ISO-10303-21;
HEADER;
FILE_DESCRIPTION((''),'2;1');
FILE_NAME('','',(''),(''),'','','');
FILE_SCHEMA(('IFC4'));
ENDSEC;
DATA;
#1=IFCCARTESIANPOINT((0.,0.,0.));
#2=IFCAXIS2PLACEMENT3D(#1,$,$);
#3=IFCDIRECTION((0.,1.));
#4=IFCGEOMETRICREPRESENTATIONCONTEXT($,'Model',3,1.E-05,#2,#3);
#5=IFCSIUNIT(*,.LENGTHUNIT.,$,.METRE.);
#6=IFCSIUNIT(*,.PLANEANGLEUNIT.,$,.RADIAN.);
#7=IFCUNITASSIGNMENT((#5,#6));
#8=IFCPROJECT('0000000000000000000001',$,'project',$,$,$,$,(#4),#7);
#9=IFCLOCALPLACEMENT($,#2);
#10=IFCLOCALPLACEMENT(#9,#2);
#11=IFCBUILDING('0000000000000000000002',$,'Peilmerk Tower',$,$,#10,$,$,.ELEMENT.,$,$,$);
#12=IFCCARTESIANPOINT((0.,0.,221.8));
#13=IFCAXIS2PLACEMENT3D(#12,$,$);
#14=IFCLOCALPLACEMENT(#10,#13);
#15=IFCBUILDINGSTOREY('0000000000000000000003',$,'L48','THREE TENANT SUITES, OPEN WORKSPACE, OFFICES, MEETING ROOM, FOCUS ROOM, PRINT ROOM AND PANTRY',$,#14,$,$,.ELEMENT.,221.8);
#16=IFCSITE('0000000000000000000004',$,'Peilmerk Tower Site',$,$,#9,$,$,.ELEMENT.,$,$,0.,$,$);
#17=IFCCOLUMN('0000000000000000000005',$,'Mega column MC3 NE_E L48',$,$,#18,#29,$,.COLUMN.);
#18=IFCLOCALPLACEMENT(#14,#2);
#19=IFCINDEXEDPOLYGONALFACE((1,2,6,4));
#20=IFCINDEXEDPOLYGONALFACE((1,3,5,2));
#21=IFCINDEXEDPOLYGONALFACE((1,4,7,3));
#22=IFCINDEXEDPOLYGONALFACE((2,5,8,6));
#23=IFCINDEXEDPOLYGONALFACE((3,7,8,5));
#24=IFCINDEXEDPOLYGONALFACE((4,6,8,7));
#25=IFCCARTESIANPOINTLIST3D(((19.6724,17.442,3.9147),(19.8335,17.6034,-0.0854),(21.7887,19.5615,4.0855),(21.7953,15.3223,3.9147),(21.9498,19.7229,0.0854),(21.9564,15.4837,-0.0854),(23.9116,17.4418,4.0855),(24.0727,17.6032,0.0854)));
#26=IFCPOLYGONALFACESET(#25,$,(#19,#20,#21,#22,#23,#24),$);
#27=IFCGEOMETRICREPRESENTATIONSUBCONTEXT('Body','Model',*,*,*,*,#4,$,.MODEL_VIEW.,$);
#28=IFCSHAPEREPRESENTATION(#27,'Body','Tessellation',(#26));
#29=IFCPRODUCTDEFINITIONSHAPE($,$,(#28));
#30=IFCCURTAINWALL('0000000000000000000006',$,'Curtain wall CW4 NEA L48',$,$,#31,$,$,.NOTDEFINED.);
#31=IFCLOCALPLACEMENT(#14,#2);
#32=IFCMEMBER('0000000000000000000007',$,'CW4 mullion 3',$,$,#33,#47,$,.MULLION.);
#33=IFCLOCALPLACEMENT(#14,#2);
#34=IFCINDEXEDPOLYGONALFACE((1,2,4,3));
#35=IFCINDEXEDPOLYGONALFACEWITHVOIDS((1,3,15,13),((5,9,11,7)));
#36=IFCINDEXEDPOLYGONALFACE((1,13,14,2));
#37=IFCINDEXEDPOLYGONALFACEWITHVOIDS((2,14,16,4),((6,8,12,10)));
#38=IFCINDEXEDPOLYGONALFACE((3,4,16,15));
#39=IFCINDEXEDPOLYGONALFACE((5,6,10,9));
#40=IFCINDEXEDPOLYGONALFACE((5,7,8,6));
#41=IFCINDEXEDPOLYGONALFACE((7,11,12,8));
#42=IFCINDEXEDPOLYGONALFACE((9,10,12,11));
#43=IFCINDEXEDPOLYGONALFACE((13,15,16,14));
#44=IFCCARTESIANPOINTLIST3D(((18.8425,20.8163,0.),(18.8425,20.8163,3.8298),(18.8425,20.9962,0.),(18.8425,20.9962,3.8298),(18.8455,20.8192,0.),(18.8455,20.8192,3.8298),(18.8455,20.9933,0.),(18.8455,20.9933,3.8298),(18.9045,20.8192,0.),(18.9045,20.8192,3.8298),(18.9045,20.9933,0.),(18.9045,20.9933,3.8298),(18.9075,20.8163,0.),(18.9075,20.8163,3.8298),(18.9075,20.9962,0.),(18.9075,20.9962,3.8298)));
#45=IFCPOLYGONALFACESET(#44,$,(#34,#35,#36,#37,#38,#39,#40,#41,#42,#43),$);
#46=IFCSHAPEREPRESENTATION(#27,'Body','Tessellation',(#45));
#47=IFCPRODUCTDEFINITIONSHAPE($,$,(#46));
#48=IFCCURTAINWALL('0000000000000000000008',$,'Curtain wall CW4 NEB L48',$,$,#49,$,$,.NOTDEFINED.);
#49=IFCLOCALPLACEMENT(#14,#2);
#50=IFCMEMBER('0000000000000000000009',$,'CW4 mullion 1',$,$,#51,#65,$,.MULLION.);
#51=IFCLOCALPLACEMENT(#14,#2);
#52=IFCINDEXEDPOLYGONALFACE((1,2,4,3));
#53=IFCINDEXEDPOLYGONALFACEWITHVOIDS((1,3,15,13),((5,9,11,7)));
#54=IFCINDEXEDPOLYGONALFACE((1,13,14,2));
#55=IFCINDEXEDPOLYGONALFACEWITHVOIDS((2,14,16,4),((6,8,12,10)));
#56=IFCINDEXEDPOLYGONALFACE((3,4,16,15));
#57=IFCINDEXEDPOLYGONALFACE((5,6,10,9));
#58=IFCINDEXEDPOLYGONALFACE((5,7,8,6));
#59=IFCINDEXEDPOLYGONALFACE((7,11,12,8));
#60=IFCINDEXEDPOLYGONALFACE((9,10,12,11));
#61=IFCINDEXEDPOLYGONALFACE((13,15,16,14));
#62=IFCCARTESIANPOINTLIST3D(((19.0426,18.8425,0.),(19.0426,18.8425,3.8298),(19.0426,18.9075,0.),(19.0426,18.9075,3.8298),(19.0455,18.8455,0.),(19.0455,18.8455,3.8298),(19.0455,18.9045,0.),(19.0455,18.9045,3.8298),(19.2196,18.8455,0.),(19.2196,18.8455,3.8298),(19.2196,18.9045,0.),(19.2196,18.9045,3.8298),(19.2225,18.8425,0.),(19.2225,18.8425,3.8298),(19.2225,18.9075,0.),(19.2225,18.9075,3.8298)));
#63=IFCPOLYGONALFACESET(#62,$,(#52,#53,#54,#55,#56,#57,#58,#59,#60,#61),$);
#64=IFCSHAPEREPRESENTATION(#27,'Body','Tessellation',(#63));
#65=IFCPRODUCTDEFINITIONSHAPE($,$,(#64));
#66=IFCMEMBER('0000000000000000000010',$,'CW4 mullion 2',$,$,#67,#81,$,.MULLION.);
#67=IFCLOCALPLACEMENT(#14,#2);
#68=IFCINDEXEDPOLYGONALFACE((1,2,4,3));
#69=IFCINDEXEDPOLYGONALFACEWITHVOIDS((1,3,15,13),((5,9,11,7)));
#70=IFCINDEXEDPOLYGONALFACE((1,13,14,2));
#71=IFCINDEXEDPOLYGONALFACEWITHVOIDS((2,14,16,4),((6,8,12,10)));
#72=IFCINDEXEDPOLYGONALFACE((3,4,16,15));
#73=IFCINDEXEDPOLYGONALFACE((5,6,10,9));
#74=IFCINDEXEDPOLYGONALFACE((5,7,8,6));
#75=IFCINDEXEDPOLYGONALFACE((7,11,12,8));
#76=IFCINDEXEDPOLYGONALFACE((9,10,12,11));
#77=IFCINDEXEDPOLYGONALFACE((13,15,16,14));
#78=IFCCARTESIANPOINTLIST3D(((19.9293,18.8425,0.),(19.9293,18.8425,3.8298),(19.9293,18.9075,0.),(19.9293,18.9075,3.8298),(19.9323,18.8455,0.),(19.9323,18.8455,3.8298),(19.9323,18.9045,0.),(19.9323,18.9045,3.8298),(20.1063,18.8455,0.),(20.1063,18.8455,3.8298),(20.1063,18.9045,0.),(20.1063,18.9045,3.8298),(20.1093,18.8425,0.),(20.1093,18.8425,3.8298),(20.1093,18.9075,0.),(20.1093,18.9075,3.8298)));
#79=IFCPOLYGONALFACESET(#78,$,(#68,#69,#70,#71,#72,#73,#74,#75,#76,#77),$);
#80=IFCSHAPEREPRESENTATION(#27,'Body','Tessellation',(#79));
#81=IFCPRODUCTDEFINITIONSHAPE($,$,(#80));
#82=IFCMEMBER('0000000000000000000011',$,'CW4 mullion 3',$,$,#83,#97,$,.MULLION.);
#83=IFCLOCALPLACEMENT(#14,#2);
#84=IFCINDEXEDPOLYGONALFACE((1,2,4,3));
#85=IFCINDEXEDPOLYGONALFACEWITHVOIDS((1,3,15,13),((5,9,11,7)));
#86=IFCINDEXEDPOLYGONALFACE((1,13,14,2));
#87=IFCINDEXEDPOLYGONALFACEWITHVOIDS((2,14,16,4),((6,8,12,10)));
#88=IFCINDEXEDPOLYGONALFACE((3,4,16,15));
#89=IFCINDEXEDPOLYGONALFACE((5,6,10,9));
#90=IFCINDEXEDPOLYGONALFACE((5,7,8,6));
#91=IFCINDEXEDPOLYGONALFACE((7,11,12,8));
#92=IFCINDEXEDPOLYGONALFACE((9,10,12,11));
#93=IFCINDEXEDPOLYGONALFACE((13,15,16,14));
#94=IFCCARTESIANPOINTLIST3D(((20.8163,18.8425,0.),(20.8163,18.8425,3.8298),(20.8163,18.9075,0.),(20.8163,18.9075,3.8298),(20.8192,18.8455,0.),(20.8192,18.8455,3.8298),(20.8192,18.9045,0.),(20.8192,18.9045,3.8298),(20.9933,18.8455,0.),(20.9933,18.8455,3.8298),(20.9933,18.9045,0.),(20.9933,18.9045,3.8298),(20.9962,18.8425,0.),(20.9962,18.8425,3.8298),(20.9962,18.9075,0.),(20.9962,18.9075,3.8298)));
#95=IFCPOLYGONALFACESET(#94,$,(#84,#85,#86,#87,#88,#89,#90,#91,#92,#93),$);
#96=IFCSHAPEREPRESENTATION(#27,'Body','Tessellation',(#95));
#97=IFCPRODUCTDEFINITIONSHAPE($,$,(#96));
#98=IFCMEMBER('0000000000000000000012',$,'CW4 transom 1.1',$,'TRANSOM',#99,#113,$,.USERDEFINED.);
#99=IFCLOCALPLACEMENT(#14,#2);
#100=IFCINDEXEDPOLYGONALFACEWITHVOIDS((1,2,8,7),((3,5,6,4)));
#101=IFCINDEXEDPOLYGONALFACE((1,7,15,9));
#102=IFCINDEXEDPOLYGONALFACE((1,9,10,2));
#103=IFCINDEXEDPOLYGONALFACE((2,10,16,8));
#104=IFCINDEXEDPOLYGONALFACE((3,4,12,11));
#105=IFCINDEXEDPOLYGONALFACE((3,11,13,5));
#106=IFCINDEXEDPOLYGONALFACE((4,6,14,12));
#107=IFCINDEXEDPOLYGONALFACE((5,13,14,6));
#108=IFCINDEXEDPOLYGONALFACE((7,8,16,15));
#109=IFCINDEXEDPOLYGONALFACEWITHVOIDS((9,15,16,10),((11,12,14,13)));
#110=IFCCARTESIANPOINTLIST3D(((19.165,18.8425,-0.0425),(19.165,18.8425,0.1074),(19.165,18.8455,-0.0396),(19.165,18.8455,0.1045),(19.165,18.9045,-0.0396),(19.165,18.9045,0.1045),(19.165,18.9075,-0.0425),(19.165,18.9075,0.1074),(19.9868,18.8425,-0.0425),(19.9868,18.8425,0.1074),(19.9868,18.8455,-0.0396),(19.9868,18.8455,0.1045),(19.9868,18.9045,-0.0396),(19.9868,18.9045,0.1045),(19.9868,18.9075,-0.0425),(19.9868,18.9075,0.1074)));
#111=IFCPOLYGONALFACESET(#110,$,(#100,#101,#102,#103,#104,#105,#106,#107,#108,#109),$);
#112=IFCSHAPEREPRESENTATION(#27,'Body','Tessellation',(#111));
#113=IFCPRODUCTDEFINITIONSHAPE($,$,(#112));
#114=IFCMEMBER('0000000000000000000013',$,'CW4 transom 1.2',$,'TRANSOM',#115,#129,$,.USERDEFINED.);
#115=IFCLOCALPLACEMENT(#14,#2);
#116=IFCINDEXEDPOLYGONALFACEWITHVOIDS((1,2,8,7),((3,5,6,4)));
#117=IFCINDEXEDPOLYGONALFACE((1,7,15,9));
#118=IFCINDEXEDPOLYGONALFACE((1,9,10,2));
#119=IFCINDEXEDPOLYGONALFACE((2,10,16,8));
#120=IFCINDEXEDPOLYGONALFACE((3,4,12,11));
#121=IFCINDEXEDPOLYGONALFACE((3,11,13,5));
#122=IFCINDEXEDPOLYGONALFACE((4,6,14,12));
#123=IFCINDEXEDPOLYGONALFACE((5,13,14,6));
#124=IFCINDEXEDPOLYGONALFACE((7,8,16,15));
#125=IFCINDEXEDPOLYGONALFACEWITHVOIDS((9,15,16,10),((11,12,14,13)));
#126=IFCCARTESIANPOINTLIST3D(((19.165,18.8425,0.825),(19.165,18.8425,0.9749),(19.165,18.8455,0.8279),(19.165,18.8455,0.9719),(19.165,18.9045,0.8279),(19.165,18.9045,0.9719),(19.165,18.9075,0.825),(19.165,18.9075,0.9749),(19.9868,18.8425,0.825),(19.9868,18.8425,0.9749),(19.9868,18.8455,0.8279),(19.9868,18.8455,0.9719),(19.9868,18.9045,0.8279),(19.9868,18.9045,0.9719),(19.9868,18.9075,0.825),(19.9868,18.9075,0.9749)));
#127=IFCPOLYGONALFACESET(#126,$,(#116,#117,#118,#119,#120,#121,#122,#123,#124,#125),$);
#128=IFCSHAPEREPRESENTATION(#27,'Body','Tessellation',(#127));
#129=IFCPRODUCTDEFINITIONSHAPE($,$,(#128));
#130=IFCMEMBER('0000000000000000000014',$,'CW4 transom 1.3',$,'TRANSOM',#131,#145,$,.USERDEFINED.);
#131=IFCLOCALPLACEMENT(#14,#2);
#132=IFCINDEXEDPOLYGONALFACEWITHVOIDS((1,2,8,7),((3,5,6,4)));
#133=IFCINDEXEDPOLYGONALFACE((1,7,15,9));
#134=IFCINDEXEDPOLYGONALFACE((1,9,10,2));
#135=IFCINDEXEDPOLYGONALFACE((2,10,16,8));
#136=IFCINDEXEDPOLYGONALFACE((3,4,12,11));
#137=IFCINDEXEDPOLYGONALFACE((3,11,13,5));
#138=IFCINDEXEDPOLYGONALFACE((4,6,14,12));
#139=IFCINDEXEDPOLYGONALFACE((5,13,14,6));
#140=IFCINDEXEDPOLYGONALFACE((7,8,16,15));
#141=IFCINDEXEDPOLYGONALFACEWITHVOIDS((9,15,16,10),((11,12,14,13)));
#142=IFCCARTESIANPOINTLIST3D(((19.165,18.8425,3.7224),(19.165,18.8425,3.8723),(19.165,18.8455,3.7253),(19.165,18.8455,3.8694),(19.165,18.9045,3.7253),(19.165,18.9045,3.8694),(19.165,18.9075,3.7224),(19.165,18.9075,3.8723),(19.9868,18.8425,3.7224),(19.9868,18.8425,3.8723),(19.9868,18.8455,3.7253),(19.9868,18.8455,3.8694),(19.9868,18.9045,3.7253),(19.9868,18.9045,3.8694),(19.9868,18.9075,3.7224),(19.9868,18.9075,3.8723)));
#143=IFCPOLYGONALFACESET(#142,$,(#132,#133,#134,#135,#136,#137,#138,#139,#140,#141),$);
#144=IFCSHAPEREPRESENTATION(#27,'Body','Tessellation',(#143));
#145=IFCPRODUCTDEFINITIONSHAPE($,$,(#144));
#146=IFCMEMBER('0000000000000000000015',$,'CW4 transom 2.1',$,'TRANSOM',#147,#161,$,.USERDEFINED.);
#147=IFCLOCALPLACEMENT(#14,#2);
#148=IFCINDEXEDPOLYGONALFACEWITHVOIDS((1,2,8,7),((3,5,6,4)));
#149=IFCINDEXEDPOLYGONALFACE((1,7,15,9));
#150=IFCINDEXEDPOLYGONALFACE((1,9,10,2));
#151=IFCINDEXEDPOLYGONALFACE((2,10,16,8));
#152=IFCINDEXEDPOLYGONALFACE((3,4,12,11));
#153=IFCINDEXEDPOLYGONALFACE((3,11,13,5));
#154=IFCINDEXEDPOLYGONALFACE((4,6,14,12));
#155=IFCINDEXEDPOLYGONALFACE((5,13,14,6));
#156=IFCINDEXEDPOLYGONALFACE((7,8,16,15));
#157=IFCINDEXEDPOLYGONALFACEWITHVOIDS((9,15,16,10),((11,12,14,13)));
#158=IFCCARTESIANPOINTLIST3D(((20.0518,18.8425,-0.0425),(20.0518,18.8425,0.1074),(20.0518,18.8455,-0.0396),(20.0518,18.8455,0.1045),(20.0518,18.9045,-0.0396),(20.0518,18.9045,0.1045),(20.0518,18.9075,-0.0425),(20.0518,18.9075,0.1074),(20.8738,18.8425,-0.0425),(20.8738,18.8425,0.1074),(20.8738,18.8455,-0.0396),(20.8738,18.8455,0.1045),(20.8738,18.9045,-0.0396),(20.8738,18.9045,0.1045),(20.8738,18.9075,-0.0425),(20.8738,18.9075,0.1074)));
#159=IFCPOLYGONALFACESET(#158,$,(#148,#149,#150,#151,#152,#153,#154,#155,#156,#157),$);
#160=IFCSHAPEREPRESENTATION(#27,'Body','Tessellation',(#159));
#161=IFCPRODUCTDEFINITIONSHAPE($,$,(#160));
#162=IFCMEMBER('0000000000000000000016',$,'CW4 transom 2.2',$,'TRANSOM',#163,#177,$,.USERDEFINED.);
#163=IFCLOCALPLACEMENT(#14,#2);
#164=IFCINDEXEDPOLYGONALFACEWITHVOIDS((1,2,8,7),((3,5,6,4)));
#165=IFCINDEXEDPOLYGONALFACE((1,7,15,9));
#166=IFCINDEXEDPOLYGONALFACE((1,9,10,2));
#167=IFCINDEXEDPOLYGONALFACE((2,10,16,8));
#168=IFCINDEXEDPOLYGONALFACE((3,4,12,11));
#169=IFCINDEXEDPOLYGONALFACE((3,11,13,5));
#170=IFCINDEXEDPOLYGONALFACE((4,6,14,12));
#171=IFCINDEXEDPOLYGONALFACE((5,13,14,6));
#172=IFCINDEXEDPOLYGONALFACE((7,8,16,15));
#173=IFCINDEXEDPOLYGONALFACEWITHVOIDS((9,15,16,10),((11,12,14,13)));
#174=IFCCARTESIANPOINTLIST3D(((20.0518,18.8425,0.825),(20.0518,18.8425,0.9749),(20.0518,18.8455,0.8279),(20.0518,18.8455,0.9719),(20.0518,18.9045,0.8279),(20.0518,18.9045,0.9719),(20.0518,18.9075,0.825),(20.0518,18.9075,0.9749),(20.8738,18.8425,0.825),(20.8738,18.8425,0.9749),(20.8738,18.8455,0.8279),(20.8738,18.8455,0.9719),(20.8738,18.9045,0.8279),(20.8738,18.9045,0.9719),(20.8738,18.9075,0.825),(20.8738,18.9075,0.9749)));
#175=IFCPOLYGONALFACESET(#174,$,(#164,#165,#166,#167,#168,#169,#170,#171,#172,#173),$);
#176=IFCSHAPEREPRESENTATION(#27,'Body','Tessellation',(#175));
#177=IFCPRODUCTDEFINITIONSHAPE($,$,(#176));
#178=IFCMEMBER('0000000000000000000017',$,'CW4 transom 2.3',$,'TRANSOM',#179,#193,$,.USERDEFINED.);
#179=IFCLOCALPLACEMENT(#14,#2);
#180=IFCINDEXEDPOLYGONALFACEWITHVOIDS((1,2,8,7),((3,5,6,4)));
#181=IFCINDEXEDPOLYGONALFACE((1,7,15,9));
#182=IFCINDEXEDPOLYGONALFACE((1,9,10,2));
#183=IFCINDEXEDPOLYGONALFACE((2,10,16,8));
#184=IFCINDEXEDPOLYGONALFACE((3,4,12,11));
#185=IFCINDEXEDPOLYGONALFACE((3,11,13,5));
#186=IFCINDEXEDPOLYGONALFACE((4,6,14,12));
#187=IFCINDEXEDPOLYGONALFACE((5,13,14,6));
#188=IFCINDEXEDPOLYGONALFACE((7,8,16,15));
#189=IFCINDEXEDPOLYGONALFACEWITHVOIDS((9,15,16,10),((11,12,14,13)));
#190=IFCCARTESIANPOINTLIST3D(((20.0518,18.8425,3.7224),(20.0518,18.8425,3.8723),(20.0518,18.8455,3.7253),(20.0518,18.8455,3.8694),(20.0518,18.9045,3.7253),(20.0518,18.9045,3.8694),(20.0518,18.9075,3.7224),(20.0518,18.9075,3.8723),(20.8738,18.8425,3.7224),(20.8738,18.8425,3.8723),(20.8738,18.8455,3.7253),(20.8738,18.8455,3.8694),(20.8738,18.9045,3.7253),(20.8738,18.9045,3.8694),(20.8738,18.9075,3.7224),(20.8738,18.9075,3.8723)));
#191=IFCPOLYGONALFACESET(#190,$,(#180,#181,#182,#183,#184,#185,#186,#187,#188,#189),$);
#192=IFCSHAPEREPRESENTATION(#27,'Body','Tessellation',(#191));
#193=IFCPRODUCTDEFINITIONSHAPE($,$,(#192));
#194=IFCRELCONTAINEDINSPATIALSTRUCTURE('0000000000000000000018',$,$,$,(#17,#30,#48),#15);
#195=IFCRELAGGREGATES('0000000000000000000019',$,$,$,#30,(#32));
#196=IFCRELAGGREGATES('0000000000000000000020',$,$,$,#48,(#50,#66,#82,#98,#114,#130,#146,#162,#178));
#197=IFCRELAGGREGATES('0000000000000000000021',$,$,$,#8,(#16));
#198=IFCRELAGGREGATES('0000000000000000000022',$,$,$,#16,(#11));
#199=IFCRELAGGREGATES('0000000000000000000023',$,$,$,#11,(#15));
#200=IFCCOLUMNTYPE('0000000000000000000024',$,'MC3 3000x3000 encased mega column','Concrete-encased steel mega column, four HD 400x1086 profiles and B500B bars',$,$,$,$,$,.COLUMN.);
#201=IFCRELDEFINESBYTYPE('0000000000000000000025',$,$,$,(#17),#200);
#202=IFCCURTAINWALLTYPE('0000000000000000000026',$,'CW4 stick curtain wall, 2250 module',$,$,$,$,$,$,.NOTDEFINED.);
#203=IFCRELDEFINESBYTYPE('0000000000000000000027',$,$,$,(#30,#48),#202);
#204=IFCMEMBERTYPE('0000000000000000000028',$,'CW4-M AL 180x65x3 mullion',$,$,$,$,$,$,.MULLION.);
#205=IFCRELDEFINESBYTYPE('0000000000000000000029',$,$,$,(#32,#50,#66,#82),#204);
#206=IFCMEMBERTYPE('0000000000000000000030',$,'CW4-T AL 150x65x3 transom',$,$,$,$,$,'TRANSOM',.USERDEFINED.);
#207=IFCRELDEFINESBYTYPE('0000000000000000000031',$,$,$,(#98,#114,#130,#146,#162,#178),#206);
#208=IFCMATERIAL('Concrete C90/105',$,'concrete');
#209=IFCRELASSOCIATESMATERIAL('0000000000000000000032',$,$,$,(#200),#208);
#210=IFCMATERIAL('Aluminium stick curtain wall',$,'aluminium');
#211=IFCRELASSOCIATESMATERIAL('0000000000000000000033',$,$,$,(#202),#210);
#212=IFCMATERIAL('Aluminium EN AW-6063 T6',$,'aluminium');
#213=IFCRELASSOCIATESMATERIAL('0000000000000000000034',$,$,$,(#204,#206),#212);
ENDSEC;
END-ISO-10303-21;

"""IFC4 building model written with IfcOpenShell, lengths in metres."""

from ifc_helpers import new_model, si_unit, direction, frame, origin, origin_2d, place, context, subcontext, project, spatial, rectangle, hollow_rectangle, extrude, material, material_profile, profile_set, type_object, element, aggregate, save


model = new_model("IFC4")

# Units and contexts
model_context = context("Model", 3, precision=1e-05, world=origin(), true_north=direction((0.0, 1.0)))
body_context = subcontext(model_context, "Body", "Model", "MODEL_VIEW")
ifc_project = project(units=[si_unit("LENGTHUNIT", "METRE"), si_unit("PLANEANGLEUNIT", "RADIAN")], contexts=[model_context])

# Site, building, storey
site_placement = place(None, origin())
site = spatial("IfcSite", under=ifc_project, at=site_placement, Name="Peilmerk Tower Site", CompositionType="ELEMENT", RefElevation=0.0)
building_placement = place(site_placement, origin())
building = spatial("IfcBuilding", under=site, at=building_placement, Name="Peilmerk Tower", CompositionType="ELEMENT")
storey_placement = place(building_placement, frame((0.0, 0.0, 221.8)))
storey = spatial("IfcBuildingStorey", under=building, at=storey_placement, Name="L48", Description="THREE TENANT SUITES, OPEN WORKSPACE, OFFICES, MEETING ROOM, FOCUS ROOM, PRINT ROOM AND PANTRY", CompositionType="ELEMENT", Elevation=221.8)

# Column
ifc_material_1 = material(Name="Concrete C90/105", Category="concrete")
ifc_material_profile_1 = material_profile(ifc_material_1, rectangle(XDim=3.0, YDim=3.0, at=origin_2d()), Name="RC 3000x3000")
ifc_profile_set_1 = profile_set([ifc_material_profile_1], Name="Concrete C90/105")
column_type = type_object("IfcColumnType", Name="MC3 3000x3000 encased mega column", Description="Concrete-encased steel mega column, four HD 400x1086 profiles and B500B bars", PredefinedType="COLUMN", material=ifc_profile_set_1)
column_placement = place(storey_placement, frame((21.9531, 17.6033, 0.0), z_axis=(-0.040218, -0.040279, 0.998379), x_axis=(0.707642, -0.706571, 0.0)))
element("IfcColumn", 1, at=column_placement, inside=storey, type_object=column_type, Name="Mega column MC3 NE_E L48", PredefinedType="COLUMN", context=body_context, shape_type="SweptSolid", body=[
    extrude(rectangle(XDim=3.0, YDim=3.0, at=origin_2d()), origin(), (0.0, 0.0, 1.0), 4.0066),
])

# Curtain wall, member
ifc_material_2 = material(Name="Aluminium stick curtain wall", Category="aluminium")
curtain_wall_type = type_object("IfcCurtainWallType", Name="CW4 stick curtain wall, 2250 module", PredefinedType="NOTDEFINED", material=ifc_material_2)
curtain_wall_1_placement = place(storey_placement, origin())
curtain_wall_1 = element("IfcCurtainWall", 2, at=curtain_wall_1_placement, inside=storey, type_object=curtain_wall_type, Name="Curtain wall CW4 NEA L48", PredefinedType="NOTDEFINED")
ifc_material_3 = material(Name="Aluminium EN AW-6063 T6", Category="aluminium")
ifc_material_profile_2 = material_profile(ifc_material_3, hollow_rectangle(XDim=0.0649, YDim=0.1799, WallThickness=0.0029, at=origin_2d()), Name="AL 180x65x3")
ifc_profile_set_2 = profile_set([ifc_material_profile_2], Name="Aluminium EN AW-6063 T6")
member_type_1 = type_object("IfcMemberType", Name="CW4-M AL 180x65x3 mullion", PredefinedType="MULLION", material=ifc_profile_set_2)
member_1_placement = place(storey_placement, frame((18.875, 20.9062, 0.0), z_axis=(0.0, 0.0, 1.0), x_axis=(-1.0, 0.0, 0.0)))
member_1 = element("IfcMember", 3, at=member_1_placement, type_object=member_type_1, Name="CW4 mullion 3", PredefinedType="MULLION", context=body_context, shape_type="SweptSolid", body=[
    extrude(hollow_rectangle(XDim=0.0649, YDim=0.1799, WallThickness=0.0029, at=origin_2d()), origin(), (0.0, 0.0, 1.0), 3.8298),
])

# Curtain wall, members
curtain_wall_2_placement = place(storey_placement, origin())
curtain_wall_2 = element("IfcCurtainWall", 4, at=curtain_wall_2_placement, inside=storey, type_object=curtain_wall_type, Name="Curtain wall CW4 NEB L48", PredefinedType="NOTDEFINED")
member_2_placement = place(storey_placement, frame((19.1326, 18.875, 0.0), z_axis=(0.0, 0.0, 1.0), x_axis=(0.0, 1.0, 0.0)))
member_2 = element("IfcMember", 5, at=member_2_placement, type_object=member_type_1, Name="CW4 mullion 1", PredefinedType="MULLION", context=body_context, shape_type="SweptSolid", body=[
    extrude(hollow_rectangle(XDim=0.0649, YDim=0.1799, WallThickness=0.0029, at=origin_2d()), origin(), (0.0, 0.0, 1.0), 3.8298),
])
member_3_placement = place(storey_placement, frame((20.0193, 18.875, 0.0), z_axis=(0.0, 0.0, 1.0), x_axis=(0.0, 1.0, 0.0)))
member_3 = element("IfcMember", 6, at=member_3_placement, type_object=member_type_1, Name="CW4 mullion 2", PredefinedType="MULLION", context=body_context, shape_type="SweptSolid", body=[
    extrude(hollow_rectangle(XDim=0.0649, YDim=0.1799, WallThickness=0.0029, at=origin_2d()), origin(), (0.0, 0.0, 1.0), 3.8298),
])
member_4_placement = place(storey_placement, frame((20.9062, 18.875, 0.0), z_axis=(0.0, 0.0, 1.0), x_axis=(0.0, 1.0, 0.0)))
member_4 = element("IfcMember", 7, at=member_4_placement, type_object=member_type_1, Name="CW4 mullion 3", PredefinedType="MULLION", context=body_context, shape_type="SweptSolid", body=[
    extrude(hollow_rectangle(XDim=0.0649, YDim=0.1799, WallThickness=0.0029, at=origin_2d()), origin(), (0.0, 0.0, 1.0), 3.8298),
])
ifc_material_profile_3 = material_profile(ifc_material_3, hollow_rectangle(XDim=0.0649, YDim=0.1499, WallThickness=0.0029, at=origin_2d()), Name="AL 150x65x3")
ifc_profile_set_3 = profile_set([ifc_material_profile_3], Name="Aluminium EN AW-6063 T6")
member_type_2 = type_object("IfcMemberType", Name="CW4-T AL 150x65x3 transom", ElementType="TRANSOM", PredefinedType="USERDEFINED", material=ifc_profile_set_3)
member_5_placement = place(storey_placement, frame((19.165, 18.875, 0.0325), z_axis=(1.0, 0.0, 0.0), x_axis=(0.0, 1.0, 0.0)))
member_5 = element("IfcMember", 8, at=member_5_placement, type_object=member_type_2, Name="CW4 transom 1.1", ObjectType="TRANSOM", PredefinedType="USERDEFINED", context=body_context, shape_type="SweptSolid", body=[
    extrude(hollow_rectangle(XDim=0.0649, YDim=0.1499, WallThickness=0.0029, at=origin_2d()), origin(), (0.0, 0.0, 1.0), 0.8218),
])
member_6_placement = place(storey_placement, frame((19.165, 18.875, 0.8999), z_axis=(1.0, 0.0, 0.0), x_axis=(0.0, 1.0, 0.0)))
member_6 = element("IfcMember", 9, at=member_6_placement, type_object=member_type_2, Name="CW4 transom 1.2", ObjectType="TRANSOM", PredefinedType="USERDEFINED", context=body_context, shape_type="SweptSolid", body=[
    extrude(hollow_rectangle(XDim=0.0649, YDim=0.1499, WallThickness=0.0029, at=origin_2d()), origin(), (0.0, 0.0, 1.0), 0.8218),
])
member_7_placement = place(storey_placement, frame((19.165, 18.875, 3.7974), z_axis=(1.0, 0.0, 0.0), x_axis=(0.0, 1.0, 0.0)))
member_7 = element("IfcMember", 10, at=member_7_placement, type_object=member_type_2, Name="CW4 transom 1.3", ObjectType="TRANSOM", PredefinedType="USERDEFINED", context=body_context, shape_type="SweptSolid", body=[
    extrude(hollow_rectangle(XDim=0.0649, YDim=0.1499, WallThickness=0.0029, at=origin_2d()), origin(), (0.0, 0.0, 1.0), 0.8218),
])
member_8_placement = place(storey_placement, frame((20.0518, 18.875, 0.0325), z_axis=(1.0, 0.0, 0.0), x_axis=(0.0, 1.0, 0.0)))
member_8 = element("IfcMember", 11, at=member_8_placement, type_object=member_type_2, Name="CW4 transom 2.1", ObjectType="TRANSOM", PredefinedType="USERDEFINED", context=body_context, shape_type="SweptSolid", body=[
    extrude(hollow_rectangle(XDim=0.0649, YDim=0.1499, WallThickness=0.0029, at=origin_2d()), origin(), (0.0, 0.0, 1.0), 0.822),
])
member_9_placement = place(storey_placement, frame((20.0518, 18.875, 0.8999), z_axis=(1.0, 0.0, 0.0), x_axis=(0.0, 1.0, 0.0)))
member_9 = element("IfcMember", 12, at=member_9_placement, type_object=member_type_2, Name="CW4 transom 2.2", ObjectType="TRANSOM", PredefinedType="USERDEFINED", context=body_context, shape_type="SweptSolid", body=[
    extrude(hollow_rectangle(XDim=0.0649, YDim=0.1499, WallThickness=0.0029, at=origin_2d()), origin(), (0.0, 0.0, 1.0), 0.822),
])
member_10_placement = place(storey_placement, frame((20.0518, 18.875, 3.7974), z_axis=(1.0, 0.0, 0.0), x_axis=(0.0, 1.0, 0.0)))
member_10 = element("IfcMember", 13, at=member_10_placement, type_object=member_type_2, Name="CW4 transom 2.3", ObjectType="TRANSOM", PredefinedType="USERDEFINED", context=body_context, shape_type="SweptSolid", body=[
    extrude(hollow_rectangle(XDim=0.0649, YDim=0.1499, WallThickness=0.0029, at=origin_2d()), origin(), (0.0, 0.0, 1.0), 0.822),
])

aggregate(curtain_wall_1, [member_1])
aggregate(curtain_wall_2, [member_2, member_3, member_4, member_5, member_6, member_7, member_8, member_9, member_10])

save(model, "model.ifc")
